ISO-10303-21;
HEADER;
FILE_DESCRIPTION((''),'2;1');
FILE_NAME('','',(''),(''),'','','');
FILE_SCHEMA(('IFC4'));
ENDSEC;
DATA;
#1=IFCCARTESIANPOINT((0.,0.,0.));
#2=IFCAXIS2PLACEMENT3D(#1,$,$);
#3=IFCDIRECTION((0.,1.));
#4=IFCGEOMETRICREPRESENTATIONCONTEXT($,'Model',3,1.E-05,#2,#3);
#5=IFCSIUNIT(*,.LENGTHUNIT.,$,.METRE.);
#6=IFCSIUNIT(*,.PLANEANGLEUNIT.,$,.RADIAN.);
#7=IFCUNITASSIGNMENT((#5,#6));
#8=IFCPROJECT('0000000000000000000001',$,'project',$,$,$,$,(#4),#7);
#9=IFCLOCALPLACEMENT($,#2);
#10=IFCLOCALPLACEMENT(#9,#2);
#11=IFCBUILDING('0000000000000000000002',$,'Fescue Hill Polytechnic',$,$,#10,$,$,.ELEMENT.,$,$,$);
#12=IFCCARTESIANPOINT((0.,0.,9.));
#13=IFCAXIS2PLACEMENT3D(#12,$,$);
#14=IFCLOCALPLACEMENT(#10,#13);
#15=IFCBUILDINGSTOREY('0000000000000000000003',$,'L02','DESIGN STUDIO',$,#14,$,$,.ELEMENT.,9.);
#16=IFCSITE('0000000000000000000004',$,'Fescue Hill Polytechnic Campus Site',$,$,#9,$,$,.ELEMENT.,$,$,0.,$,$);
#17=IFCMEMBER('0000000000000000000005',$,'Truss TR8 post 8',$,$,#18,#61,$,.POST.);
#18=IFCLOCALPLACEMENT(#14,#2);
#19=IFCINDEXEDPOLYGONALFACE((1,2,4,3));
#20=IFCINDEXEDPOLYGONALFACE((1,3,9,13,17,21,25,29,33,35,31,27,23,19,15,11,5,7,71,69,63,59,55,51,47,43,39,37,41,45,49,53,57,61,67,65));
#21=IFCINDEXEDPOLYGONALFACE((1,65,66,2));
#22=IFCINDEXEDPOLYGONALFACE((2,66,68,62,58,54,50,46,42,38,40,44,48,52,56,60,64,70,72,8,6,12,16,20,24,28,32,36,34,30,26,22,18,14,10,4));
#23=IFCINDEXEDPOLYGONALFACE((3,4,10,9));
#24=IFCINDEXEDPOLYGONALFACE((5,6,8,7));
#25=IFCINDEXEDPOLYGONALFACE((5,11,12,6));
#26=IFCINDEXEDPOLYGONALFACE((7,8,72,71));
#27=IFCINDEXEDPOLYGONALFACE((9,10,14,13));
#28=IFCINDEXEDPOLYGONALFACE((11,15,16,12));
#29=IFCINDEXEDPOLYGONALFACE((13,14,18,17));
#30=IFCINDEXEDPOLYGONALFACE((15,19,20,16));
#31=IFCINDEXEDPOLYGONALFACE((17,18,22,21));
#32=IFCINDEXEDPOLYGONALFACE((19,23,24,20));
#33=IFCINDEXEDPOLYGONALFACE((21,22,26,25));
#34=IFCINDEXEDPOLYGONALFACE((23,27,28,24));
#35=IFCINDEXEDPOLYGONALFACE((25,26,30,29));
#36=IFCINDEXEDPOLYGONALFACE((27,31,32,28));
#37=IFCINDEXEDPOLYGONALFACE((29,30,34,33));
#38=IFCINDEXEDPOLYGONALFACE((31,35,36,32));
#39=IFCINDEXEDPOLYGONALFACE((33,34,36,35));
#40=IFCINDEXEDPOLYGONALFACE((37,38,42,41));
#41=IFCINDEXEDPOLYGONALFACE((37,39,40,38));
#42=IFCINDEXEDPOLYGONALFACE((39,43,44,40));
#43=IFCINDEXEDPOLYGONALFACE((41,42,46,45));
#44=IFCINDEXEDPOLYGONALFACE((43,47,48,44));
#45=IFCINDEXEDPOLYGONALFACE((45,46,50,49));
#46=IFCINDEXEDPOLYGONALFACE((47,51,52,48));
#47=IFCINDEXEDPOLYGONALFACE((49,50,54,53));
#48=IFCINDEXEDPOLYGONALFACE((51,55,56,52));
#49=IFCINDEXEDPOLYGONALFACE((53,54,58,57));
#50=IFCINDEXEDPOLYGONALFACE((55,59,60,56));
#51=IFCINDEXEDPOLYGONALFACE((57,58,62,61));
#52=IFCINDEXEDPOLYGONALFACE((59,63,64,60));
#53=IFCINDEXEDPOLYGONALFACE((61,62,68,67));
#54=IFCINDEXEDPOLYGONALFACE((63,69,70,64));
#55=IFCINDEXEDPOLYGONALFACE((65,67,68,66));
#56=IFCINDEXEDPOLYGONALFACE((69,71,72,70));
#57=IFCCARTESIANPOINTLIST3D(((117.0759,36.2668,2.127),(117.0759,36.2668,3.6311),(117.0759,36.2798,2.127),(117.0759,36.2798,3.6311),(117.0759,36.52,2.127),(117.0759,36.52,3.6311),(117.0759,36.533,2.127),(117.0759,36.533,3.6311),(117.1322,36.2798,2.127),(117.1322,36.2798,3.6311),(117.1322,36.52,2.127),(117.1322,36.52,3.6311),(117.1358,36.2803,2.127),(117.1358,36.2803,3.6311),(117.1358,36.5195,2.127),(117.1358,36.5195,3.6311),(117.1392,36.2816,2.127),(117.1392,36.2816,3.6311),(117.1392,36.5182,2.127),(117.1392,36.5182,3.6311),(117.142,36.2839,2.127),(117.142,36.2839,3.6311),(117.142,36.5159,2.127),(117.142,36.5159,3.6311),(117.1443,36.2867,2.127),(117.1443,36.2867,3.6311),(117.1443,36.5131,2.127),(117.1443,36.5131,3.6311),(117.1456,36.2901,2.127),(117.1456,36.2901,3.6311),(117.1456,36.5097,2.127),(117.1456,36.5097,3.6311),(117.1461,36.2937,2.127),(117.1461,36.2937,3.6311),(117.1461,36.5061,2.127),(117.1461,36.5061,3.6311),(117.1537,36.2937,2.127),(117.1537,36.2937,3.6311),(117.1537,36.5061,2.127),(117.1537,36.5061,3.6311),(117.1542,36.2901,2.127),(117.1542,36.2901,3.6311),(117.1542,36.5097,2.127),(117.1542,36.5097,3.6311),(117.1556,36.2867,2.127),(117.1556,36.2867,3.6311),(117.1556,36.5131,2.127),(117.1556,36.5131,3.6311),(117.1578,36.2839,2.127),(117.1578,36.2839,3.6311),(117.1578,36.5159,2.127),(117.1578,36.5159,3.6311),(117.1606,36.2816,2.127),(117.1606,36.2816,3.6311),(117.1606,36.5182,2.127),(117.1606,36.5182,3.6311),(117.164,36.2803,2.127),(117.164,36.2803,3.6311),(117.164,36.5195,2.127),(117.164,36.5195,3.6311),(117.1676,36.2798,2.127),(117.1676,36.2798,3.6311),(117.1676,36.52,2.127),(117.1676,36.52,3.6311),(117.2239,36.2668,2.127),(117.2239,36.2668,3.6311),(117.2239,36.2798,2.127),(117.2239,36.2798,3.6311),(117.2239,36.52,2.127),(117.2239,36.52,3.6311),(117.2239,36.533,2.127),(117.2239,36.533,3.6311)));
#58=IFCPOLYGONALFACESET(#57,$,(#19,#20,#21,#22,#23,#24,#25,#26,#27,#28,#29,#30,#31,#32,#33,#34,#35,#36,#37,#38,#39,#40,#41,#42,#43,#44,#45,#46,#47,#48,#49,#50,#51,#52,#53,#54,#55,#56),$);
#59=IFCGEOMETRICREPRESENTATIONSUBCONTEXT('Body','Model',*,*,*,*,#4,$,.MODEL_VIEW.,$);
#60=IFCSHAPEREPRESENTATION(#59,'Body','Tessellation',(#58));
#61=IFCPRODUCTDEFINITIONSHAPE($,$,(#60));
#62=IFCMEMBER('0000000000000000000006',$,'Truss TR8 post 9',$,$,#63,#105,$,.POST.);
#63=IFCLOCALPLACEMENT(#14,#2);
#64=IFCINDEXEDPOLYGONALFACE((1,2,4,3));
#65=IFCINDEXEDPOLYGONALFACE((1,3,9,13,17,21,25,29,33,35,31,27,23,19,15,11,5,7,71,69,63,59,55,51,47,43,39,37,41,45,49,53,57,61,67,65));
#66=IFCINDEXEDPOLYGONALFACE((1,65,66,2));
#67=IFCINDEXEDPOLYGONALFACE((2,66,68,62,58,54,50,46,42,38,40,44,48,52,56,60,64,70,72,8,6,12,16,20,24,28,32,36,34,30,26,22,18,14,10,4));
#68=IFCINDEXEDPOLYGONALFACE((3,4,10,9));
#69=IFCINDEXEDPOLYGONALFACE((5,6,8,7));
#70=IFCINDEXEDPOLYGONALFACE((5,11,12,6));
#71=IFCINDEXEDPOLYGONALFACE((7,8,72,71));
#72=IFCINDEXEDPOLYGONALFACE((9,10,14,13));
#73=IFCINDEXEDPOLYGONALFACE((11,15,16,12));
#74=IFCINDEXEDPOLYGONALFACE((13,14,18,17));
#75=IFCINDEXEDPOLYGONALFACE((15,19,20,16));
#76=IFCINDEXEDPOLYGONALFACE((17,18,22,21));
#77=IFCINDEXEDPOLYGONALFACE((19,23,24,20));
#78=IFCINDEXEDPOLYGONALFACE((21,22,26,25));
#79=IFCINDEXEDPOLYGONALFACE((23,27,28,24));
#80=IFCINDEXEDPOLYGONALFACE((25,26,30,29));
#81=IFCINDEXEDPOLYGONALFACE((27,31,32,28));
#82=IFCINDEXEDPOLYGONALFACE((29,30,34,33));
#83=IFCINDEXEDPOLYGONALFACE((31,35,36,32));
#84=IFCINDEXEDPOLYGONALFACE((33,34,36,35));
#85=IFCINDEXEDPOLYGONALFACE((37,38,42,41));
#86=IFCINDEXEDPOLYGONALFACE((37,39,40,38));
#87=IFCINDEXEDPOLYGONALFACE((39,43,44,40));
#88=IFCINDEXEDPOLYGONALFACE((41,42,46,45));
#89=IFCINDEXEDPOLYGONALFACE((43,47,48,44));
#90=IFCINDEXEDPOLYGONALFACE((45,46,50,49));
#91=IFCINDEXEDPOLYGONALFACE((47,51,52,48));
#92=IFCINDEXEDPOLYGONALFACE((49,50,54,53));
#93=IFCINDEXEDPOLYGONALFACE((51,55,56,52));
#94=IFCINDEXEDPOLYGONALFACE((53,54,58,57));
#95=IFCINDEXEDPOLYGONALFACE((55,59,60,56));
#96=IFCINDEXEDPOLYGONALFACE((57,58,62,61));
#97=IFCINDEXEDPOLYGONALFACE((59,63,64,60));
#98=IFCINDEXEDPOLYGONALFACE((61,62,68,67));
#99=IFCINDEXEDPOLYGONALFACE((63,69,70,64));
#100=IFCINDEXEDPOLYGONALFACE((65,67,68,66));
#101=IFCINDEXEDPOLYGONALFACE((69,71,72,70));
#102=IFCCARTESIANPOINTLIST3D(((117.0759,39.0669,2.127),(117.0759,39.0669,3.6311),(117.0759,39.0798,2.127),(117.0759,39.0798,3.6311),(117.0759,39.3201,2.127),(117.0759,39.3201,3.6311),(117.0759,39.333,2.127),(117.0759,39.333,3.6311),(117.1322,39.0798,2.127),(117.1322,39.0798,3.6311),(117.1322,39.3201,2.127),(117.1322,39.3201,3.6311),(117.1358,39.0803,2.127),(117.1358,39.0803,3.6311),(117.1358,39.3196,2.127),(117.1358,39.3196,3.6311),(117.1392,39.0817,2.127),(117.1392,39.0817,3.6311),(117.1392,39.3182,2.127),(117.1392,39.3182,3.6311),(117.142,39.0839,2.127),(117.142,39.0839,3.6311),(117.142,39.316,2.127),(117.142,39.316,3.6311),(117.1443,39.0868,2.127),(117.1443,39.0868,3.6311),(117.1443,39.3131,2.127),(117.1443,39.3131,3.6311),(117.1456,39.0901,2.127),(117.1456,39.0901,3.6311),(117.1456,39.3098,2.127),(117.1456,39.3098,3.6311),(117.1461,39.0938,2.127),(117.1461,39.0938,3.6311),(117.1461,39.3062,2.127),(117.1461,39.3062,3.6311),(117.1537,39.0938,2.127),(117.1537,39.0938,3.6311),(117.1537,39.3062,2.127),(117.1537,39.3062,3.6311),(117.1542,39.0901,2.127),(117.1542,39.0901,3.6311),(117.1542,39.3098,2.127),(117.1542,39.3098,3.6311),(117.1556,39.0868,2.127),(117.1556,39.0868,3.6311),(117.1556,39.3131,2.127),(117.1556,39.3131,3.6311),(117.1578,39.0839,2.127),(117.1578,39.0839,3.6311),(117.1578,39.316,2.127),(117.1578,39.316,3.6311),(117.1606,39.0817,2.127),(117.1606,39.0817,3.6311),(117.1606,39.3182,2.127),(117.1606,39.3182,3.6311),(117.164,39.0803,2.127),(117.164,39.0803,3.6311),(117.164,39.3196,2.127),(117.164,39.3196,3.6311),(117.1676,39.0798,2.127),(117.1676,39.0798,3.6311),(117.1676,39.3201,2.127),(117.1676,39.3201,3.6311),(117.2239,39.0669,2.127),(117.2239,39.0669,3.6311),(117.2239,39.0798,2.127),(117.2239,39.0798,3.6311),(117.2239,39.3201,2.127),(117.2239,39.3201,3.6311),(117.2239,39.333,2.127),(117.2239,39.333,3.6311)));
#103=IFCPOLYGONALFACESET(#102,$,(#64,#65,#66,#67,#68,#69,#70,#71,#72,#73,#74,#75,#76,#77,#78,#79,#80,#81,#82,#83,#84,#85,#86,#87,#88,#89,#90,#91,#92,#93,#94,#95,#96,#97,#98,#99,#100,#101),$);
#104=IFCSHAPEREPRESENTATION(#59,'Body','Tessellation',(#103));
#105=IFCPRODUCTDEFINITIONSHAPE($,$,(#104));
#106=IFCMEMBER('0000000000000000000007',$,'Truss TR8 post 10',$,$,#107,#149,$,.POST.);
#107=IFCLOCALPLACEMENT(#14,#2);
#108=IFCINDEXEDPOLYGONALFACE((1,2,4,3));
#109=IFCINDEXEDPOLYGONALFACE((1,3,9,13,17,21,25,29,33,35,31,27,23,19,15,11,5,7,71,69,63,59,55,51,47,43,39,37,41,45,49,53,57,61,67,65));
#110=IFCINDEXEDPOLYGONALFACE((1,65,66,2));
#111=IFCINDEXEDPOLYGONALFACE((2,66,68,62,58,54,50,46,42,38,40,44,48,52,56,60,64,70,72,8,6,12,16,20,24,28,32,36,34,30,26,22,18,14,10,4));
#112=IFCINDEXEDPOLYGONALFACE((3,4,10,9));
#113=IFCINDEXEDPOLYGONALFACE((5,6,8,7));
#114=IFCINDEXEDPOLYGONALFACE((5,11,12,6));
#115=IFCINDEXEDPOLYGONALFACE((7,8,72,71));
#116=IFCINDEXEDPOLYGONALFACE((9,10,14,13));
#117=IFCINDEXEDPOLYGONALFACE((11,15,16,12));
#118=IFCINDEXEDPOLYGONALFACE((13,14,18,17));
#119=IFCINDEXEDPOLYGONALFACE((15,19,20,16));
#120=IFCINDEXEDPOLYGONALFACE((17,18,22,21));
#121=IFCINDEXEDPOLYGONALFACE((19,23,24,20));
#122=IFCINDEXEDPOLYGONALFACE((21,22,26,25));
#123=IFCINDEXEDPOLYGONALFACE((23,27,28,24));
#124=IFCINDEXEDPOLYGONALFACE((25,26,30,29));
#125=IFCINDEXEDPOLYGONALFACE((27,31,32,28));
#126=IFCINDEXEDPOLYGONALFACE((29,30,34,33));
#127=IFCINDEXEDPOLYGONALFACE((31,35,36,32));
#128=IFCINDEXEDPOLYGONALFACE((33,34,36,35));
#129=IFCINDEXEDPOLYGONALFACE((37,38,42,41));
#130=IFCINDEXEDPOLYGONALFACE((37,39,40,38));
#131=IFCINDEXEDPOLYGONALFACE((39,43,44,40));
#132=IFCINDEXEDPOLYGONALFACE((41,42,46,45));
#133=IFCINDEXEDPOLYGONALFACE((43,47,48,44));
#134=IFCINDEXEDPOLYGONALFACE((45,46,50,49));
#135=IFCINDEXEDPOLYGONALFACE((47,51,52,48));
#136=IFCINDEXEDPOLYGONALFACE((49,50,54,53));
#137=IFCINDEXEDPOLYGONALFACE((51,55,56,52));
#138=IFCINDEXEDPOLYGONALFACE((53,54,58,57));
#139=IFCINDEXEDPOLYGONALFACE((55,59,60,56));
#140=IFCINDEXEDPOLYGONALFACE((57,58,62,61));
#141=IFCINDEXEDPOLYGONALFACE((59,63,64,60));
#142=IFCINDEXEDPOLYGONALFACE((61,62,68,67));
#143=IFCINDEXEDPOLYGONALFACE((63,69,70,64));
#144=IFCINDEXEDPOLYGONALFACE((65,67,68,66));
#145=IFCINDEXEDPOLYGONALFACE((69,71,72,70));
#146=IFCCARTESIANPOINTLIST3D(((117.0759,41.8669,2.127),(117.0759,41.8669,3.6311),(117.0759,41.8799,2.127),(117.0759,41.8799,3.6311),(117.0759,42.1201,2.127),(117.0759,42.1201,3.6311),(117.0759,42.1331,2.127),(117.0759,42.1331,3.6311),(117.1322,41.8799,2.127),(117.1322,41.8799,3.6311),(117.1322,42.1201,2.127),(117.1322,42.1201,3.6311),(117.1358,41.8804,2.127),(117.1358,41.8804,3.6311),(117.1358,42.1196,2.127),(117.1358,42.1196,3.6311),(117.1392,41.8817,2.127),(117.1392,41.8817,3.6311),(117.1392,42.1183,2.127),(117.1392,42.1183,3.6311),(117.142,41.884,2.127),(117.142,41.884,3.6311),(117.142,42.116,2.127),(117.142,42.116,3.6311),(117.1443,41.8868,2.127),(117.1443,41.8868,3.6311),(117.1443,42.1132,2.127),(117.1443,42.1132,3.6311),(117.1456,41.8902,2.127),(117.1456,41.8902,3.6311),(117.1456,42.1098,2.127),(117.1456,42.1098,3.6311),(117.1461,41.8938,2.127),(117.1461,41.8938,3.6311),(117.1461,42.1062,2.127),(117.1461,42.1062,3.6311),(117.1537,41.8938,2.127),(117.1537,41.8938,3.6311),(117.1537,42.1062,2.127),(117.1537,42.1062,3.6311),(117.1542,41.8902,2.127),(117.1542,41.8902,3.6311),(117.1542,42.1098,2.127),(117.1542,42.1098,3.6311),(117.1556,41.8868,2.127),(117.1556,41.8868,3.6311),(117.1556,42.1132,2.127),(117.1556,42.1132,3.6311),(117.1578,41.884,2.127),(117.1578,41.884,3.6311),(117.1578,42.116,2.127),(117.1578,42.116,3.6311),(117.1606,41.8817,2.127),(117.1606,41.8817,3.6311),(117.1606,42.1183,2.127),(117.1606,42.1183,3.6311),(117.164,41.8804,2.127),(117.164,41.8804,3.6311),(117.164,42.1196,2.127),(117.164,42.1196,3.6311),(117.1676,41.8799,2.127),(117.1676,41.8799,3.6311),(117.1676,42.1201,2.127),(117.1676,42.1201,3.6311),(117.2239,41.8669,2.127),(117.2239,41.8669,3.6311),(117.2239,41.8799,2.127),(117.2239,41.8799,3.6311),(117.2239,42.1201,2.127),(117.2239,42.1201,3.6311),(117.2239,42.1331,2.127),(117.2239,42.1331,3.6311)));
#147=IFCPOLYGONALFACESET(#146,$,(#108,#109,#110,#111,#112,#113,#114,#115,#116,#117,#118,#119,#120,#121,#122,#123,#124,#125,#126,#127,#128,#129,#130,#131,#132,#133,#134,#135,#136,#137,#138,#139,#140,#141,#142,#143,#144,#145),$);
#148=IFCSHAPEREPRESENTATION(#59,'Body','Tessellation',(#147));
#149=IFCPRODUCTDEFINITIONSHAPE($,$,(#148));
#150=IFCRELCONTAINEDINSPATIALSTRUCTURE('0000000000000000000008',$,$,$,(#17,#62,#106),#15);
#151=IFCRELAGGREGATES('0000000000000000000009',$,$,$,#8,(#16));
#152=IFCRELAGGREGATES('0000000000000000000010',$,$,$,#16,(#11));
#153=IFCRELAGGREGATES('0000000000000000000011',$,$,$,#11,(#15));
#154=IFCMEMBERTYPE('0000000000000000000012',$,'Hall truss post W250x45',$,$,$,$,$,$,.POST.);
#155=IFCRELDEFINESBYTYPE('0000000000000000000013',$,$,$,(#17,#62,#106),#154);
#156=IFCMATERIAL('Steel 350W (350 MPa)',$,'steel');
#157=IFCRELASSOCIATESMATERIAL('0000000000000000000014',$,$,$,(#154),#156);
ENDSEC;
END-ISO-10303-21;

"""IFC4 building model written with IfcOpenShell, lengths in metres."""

from ifc_helpers import new_model, si_unit, direction, frame, origin, origin_2d, place, context, subcontext, project, spatial, i_section, extrude, material, material_profile, profile_set, type_object, element, save


model = new_model("IFC4")

# Units and contexts
model_context = context("Model", 3, precision=1e-05, world=origin(), true_north=direction((0.0, 1.0)))
body_context = subcontext(model_context, "Body", "Model", "MODEL_VIEW")
ifc_project = project(units=[si_unit("LENGTHUNIT", "METRE"), si_unit("PLANEANGLEUNIT", "RADIAN")], contexts=[model_context])

# Site, building, storey
site_placement = place(None, origin())
site = spatial("IfcSite", under=ifc_project, at=site_placement, Name="Fescue Hill Polytechnic Campus Site", CompositionType="ELEMENT", RefElevation=0.0)
building_placement = place(site_placement, origin())
building = spatial("IfcBuilding", under=site, at=building_placement, Name="Fescue Hill Polytechnic", CompositionType="ELEMENT")
storey_placement = place(building_placement, frame((0.0, 0.0, 9.0)))
storey = spatial("IfcBuildingStorey", under=building, at=storey_placement, Name="L02", Description="DESIGN STUDIO", CompositionType="ELEMENT", Elevation=9.0)

# Members
ifc_material_1 = material(Name="Steel 350W (350 MPa)", Category="steel")
ifc_material_profile_1 = material_profile(ifc_material_1, i_section(OverallWidth=0.1479, OverallDepth=0.2661, WebThickness=0.0076, FlangeThickness=0.0129, FilletRadius=0.0139, at=origin_2d()), Name="W250x45")
ifc_profile_set_1 = profile_set([ifc_material_profile_1], Name="Steel 350W (350 MPa)")
member_type_1 = type_object("IfcMemberType", Name="Hall truss post W250x45", PredefinedType="POST", material=ifc_profile_set_1)
for number, where, z_axis, x_axis, name in (
    (1, (117.1499, 36.3999, 2.127), (0.0, 0.0, 1.0), (1.0, 0.0, 0.0), "Truss TR8 post 8"),
    (2, (117.1499, 39.2, 2.127), (0.0, 0.0, 1.0), (1.0, 0.0, 0.0), "Truss TR8 post 9"),
    (3, (117.1499, 42.0, 2.127), (0.0, 0.0, 1.0), (1.0, 0.0, 0.0), "Truss TR8 post 10"),
):
    element("IfcMember", number, at=place(storey_placement, frame(where, z_axis=z_axis, x_axis=x_axis)), inside=storey, type_object=member_type_1, Name=name, PredefinedType="POST", context=body_context, shape_type="SweptSolid", body=[
        extrude(i_section(OverallWidth=0.1479, OverallDepth=0.2661, WebThickness=0.0076, FlangeThickness=0.0129, FilletRadius=0.0139, at=origin_2d()), origin(), (0.0, 0.0, 1.0), 1.5042),
    ])

save(model, "model.ifc")
